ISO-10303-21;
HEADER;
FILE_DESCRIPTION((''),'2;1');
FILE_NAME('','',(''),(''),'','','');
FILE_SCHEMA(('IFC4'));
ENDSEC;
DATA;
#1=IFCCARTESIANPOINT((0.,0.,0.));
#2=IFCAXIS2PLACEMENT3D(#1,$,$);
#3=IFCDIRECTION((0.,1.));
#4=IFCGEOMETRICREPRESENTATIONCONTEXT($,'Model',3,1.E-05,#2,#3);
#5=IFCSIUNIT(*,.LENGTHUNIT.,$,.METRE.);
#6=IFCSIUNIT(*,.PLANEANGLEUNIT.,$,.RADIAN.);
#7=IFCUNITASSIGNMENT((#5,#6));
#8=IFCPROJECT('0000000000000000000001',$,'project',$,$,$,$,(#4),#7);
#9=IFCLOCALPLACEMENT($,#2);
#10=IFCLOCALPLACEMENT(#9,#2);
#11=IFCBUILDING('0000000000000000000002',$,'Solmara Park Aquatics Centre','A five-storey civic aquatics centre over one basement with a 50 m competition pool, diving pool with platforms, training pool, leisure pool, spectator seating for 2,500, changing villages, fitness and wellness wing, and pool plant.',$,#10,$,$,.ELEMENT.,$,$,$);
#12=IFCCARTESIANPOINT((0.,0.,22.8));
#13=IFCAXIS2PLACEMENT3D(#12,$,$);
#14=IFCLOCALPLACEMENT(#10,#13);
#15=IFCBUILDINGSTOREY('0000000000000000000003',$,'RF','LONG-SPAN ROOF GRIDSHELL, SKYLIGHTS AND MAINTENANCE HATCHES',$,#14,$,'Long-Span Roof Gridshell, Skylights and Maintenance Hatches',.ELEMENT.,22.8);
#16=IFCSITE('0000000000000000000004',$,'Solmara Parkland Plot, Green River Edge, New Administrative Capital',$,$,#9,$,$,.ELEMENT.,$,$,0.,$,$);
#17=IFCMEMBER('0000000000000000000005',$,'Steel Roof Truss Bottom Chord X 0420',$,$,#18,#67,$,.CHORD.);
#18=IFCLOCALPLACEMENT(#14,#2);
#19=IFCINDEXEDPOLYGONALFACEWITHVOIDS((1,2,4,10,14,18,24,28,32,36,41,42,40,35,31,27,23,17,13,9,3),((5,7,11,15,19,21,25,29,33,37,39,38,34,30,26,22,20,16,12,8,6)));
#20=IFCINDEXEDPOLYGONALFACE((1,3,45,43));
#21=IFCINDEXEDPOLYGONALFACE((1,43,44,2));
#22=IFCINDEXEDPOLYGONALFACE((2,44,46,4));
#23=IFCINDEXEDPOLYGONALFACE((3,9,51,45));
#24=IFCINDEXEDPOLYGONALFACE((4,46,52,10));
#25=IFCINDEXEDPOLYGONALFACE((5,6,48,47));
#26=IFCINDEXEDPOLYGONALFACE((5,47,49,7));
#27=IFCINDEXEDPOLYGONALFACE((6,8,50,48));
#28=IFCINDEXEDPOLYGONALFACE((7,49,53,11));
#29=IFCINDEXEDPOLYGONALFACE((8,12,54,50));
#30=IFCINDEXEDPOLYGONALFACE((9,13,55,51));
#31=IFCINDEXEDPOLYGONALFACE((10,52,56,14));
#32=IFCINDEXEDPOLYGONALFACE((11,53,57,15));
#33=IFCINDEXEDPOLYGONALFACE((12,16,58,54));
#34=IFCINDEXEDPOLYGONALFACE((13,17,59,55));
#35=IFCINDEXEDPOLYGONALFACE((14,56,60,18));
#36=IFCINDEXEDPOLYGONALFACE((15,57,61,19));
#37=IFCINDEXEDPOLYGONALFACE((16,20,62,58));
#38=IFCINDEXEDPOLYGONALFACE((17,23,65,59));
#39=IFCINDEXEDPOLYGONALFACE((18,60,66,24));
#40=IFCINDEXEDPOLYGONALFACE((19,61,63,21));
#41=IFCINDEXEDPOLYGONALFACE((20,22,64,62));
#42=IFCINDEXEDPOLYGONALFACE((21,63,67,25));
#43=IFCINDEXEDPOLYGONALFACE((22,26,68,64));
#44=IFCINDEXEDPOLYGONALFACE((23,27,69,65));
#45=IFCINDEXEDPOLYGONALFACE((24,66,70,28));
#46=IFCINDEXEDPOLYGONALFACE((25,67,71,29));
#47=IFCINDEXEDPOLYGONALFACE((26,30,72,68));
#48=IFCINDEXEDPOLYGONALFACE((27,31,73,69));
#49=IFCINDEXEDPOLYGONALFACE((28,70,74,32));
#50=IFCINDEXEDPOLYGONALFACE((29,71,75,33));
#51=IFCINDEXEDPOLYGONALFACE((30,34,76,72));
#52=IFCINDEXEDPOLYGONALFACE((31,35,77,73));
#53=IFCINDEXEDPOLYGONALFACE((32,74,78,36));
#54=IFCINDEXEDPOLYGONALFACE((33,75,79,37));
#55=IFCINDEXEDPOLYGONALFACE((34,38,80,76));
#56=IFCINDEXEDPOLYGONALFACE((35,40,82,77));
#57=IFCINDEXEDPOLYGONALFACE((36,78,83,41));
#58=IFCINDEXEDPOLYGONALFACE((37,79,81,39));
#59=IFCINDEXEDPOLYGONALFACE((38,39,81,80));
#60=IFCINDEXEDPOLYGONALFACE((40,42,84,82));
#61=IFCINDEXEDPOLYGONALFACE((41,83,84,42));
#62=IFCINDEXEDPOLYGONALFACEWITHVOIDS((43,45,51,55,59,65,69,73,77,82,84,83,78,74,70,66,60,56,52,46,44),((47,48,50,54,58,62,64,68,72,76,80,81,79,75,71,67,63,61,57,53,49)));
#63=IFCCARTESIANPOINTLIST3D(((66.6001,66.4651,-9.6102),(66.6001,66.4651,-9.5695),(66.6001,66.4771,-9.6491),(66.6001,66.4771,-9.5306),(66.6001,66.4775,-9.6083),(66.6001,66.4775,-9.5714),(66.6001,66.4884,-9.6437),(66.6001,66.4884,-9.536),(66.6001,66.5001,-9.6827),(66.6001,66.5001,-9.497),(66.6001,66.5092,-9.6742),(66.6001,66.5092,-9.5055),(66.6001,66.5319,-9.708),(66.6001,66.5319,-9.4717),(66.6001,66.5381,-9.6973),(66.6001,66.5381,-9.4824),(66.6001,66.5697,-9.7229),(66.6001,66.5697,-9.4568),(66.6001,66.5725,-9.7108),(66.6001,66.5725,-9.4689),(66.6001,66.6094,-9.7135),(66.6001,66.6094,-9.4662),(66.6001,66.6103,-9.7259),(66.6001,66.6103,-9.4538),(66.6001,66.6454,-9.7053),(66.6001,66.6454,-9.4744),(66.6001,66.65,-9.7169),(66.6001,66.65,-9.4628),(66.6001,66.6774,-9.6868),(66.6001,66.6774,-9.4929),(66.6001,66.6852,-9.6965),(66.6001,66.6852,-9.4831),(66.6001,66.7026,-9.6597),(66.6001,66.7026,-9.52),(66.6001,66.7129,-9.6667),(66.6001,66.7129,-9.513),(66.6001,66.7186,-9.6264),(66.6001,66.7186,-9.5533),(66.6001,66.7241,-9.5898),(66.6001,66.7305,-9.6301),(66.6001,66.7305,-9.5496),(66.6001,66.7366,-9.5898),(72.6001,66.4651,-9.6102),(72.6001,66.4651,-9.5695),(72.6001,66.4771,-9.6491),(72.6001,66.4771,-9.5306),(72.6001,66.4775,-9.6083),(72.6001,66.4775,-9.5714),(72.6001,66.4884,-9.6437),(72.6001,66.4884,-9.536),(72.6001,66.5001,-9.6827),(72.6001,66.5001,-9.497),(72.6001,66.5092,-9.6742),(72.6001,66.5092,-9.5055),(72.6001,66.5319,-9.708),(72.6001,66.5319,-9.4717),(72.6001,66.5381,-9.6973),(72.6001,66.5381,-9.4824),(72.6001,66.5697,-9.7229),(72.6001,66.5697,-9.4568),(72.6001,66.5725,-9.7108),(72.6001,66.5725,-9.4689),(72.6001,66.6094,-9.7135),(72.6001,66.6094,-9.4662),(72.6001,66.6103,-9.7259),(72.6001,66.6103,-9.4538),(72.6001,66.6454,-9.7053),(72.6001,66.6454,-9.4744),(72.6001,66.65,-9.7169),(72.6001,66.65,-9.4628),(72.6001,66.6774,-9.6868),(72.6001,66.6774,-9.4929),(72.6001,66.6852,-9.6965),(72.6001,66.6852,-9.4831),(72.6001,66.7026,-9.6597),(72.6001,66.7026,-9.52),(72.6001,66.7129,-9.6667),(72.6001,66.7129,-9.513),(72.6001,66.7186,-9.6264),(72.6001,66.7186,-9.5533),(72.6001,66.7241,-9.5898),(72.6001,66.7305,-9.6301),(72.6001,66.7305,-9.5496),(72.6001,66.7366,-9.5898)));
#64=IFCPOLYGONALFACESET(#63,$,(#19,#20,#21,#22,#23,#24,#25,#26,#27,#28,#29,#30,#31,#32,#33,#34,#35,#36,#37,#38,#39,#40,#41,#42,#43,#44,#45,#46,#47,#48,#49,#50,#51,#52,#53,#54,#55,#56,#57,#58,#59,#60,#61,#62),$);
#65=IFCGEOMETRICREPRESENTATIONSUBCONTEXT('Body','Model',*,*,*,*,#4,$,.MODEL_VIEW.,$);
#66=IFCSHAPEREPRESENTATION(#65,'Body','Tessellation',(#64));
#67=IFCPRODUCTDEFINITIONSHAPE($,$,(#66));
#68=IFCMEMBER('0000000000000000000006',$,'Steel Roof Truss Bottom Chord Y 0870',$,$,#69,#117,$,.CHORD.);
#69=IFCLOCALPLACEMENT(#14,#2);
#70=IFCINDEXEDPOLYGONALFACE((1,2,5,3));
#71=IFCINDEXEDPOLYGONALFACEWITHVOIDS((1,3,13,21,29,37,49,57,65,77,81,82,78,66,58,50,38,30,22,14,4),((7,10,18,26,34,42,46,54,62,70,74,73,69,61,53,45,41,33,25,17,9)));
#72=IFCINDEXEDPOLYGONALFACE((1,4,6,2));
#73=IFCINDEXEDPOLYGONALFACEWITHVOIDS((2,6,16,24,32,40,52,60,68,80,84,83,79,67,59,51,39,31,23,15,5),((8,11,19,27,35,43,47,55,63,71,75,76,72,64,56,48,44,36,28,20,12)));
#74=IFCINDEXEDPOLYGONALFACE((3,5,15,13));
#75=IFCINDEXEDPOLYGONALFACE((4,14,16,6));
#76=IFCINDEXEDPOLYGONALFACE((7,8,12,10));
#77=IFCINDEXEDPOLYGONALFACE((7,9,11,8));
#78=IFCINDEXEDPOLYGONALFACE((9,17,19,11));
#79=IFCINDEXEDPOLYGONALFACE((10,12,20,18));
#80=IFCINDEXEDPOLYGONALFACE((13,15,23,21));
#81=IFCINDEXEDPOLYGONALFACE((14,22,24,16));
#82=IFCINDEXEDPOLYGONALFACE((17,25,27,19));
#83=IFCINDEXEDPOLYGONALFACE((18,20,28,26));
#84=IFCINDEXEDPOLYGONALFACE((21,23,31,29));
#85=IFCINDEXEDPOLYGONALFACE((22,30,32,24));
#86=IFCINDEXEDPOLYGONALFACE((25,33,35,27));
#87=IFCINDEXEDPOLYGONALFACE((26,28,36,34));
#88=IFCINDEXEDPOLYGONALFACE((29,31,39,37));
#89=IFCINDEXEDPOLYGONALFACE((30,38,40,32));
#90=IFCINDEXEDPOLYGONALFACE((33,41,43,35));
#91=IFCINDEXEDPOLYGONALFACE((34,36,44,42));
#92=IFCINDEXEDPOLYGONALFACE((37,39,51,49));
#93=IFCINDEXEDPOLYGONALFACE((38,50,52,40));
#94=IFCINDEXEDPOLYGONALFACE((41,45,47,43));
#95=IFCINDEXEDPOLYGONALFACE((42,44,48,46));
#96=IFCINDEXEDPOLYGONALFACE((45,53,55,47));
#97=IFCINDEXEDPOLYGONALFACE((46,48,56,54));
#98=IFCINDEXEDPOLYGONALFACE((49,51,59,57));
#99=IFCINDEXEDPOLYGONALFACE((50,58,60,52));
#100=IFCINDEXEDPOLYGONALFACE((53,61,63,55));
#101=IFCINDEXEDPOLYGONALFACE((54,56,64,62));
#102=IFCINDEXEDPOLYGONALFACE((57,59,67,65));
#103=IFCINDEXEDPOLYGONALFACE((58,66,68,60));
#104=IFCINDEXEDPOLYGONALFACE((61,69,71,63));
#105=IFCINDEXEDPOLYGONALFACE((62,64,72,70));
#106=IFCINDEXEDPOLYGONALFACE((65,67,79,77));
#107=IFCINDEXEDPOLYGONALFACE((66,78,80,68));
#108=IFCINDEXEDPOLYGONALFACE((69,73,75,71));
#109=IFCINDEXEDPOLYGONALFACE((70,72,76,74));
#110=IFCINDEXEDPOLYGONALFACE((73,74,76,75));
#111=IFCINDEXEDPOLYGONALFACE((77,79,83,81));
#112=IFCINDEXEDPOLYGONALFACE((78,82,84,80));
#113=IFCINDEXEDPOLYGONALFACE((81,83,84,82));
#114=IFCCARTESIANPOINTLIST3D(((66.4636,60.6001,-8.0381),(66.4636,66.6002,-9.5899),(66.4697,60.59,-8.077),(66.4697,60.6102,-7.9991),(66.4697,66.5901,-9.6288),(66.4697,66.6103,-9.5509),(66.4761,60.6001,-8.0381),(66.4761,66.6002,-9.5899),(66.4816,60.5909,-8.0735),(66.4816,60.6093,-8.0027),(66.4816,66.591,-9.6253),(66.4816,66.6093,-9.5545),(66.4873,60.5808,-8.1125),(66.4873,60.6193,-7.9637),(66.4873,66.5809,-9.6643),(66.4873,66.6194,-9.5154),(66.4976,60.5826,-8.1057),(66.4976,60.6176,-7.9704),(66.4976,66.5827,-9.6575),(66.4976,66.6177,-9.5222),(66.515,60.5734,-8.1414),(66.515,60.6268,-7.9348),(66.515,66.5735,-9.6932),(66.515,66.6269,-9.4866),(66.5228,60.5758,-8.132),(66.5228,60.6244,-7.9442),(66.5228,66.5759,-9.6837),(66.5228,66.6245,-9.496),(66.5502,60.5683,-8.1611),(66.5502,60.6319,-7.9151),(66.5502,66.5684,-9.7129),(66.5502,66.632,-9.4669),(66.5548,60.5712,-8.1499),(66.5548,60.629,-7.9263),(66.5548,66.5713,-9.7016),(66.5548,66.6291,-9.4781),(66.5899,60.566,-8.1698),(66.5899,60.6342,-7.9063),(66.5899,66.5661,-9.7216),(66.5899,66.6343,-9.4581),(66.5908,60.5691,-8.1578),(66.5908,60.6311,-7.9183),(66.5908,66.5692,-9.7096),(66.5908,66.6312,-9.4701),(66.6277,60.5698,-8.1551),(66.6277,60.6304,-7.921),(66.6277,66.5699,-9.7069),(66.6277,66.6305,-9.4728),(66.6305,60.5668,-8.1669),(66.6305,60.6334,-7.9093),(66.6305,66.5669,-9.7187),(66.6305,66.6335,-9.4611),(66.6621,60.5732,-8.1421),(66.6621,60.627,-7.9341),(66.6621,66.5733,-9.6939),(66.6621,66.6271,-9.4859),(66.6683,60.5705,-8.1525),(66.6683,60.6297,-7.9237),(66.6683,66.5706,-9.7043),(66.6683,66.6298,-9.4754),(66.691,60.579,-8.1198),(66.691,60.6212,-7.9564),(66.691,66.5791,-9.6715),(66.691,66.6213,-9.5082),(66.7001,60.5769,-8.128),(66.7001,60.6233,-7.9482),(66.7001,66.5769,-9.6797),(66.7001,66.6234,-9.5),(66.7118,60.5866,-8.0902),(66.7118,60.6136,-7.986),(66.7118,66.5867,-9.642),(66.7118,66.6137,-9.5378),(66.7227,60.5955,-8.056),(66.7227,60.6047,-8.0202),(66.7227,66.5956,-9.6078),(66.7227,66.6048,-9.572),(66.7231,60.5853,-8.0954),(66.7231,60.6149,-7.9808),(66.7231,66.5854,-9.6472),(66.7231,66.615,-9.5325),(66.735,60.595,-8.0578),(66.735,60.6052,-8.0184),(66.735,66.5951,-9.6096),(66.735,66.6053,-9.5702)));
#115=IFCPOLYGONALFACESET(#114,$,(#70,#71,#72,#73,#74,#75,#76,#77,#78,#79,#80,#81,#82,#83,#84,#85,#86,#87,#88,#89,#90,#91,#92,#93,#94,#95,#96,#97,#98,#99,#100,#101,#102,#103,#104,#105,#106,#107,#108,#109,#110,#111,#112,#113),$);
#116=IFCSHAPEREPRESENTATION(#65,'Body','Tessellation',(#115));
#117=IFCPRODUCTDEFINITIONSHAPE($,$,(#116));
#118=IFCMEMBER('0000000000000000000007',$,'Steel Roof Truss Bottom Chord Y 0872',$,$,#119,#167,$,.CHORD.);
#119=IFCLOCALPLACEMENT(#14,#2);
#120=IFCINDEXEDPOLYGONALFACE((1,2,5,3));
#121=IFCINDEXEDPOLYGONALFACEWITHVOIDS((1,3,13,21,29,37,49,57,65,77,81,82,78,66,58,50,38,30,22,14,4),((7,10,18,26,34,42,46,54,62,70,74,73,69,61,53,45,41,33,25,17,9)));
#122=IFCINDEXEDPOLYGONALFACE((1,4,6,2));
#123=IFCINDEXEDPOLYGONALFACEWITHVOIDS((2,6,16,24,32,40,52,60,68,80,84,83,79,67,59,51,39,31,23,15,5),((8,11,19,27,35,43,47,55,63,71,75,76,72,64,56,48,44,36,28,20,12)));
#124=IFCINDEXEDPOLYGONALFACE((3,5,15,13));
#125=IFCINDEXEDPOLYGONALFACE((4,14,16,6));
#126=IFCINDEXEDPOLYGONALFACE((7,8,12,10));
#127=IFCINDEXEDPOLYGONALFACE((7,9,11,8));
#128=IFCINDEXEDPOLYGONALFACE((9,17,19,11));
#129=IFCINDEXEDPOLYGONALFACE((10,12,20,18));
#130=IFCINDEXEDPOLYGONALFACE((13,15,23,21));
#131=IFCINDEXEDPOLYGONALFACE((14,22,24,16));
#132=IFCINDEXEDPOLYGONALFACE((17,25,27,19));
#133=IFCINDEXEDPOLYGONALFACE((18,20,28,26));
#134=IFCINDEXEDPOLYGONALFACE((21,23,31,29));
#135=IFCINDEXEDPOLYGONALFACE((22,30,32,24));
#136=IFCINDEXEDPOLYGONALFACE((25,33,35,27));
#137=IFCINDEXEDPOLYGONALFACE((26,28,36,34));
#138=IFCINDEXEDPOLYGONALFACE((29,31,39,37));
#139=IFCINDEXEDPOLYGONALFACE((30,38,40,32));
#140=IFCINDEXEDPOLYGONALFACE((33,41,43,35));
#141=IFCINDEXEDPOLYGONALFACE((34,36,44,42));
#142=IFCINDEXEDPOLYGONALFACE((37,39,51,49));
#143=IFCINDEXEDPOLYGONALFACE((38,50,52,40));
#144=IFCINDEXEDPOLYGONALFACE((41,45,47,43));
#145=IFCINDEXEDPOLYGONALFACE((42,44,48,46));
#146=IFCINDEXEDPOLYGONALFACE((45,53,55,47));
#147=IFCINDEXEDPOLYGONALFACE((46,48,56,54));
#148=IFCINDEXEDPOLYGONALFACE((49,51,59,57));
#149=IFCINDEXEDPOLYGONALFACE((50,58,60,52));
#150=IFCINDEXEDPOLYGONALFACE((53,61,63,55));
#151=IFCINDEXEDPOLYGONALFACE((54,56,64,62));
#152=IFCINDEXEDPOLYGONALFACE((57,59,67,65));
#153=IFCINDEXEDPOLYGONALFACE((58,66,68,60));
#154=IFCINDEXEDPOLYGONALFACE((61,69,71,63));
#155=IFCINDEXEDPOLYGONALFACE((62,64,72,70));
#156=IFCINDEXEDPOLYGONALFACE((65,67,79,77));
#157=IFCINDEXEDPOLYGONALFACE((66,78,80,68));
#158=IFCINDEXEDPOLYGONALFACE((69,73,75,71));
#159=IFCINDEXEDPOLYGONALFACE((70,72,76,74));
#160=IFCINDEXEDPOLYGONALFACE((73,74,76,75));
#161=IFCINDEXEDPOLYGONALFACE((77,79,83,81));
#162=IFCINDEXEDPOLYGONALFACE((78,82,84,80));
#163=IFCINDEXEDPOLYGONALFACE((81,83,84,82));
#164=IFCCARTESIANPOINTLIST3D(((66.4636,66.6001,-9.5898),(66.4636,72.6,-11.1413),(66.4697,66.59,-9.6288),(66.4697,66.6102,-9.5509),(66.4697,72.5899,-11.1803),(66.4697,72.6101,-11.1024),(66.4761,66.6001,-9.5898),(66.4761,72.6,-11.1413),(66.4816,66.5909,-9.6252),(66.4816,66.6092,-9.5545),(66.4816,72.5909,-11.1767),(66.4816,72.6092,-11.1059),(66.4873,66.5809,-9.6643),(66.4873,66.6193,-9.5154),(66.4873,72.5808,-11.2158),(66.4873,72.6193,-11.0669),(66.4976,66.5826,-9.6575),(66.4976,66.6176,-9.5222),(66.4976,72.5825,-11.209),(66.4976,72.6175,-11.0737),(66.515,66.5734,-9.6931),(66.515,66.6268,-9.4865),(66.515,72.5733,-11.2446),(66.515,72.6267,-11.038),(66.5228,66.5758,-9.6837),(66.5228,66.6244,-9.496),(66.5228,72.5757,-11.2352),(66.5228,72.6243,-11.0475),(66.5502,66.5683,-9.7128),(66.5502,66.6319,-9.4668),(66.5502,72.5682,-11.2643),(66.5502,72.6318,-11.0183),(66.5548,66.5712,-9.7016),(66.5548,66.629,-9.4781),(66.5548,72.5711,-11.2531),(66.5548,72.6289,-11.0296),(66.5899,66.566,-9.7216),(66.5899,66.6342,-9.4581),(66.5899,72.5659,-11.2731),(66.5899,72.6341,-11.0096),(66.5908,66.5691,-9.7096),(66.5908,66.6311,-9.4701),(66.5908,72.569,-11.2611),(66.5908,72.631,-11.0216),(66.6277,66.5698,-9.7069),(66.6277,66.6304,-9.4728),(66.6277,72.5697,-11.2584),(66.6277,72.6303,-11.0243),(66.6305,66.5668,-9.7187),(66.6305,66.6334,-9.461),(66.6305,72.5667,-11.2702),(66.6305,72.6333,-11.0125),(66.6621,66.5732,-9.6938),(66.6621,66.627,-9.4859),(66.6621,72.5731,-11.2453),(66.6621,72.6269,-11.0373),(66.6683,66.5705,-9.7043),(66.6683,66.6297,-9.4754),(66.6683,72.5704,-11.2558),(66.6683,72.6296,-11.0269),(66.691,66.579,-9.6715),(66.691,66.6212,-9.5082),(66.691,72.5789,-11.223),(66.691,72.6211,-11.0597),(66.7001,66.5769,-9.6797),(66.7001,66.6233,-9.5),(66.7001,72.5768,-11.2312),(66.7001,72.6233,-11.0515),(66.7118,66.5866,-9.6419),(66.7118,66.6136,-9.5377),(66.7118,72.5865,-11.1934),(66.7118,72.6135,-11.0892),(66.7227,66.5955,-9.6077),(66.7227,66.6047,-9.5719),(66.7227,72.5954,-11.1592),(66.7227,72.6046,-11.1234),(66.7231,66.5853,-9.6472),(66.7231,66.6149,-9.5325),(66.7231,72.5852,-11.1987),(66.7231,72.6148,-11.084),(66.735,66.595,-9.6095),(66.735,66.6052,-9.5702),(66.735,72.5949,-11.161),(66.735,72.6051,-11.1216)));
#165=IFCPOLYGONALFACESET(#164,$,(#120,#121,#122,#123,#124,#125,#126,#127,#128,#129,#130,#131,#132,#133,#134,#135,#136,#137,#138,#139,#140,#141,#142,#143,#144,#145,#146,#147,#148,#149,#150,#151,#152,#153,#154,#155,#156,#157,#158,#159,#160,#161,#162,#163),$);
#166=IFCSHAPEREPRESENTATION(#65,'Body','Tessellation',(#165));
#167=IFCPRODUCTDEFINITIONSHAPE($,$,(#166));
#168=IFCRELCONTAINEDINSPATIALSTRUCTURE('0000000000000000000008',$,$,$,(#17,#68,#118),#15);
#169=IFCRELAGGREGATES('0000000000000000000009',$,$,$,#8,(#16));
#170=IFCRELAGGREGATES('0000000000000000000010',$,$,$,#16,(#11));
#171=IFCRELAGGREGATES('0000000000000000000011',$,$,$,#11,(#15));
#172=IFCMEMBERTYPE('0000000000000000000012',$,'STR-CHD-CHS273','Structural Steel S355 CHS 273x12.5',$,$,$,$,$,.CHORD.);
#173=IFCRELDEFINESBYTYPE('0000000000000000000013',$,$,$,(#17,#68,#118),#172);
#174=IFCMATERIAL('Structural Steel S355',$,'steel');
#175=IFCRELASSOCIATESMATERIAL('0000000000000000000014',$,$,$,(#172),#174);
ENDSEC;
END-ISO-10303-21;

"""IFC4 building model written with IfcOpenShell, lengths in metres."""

from ifc_helpers import new_model, si_unit, direction, frame, origin, origin_2d, place, context, subcontext, project, spatial, hollow_circle, extrude, material, material_profile, profile_set, type_object, element, save


model = new_model("IFC4")

# Units and contexts
model_context = context("Model", 3, precision=1e-05, world=origin(), true_north=direction((0.0, 1.0)))
body_context = subcontext(model_context, "Body", "Model", "MODEL_VIEW")
ifc_project = project(units=[si_unit("LENGTHUNIT", "METRE"), si_unit("PLANEANGLEUNIT", "RADIAN")], contexts=[model_context])

# Site, building, storey
site_placement = place(None, origin())
site = spatial("IfcSite", under=ifc_project, at=site_placement, Name="Solmara Parkland Plot, Green River Edge, New Administrative Capital", CompositionType="ELEMENT", RefElevation=0.0)
building_placement = place(site_placement, origin())
building = spatial("IfcBuilding", under=site, at=building_placement, Name="Solmara Park Aquatics Centre", Description="A five-storey civic aquatics centre over one basement with a 50 m competition pool, diving pool with platforms, training pool, leisure pool, spectator seating for 2,500, changing villages, fitness and wellness wing, and pool plant.", CompositionType="ELEMENT")
storey_placement = place(building_placement, frame((0.0, 0.0, 22.8)))
storey = spatial("IfcBuildingStorey", under=building, at=storey_placement, Name="RF", Description="LONG-SPAN ROOF GRIDSHELL, SKYLIGHTS AND MAINTENANCE HATCHES", LongName="Long-Span Roof Gridshell, Skylights and Maintenance Hatches", CompositionType="ELEMENT", Elevation=22.8)

# Members
ifc_material_1 = material(Name="Structural Steel S355", Category="steel")
ifc_material_profile_1 = material_profile(ifc_material_1, hollow_circle(Radius=0.1365, WallThickness=0.0125, at=origin_2d()), Name="CHS 273x12.5")
ifc_profile_set_1 = profile_set([ifc_material_profile_1], Name="Structural Steel S355")
member_type_1 = type_object("IfcMemberType", Name="STR-CHD-CHS273", Description="Structural Steel S355 CHS 273x12.5", PredefinedType="CHORD", material=ifc_profile_set_1)
member_1_placement = place(storey_placement, frame((66.6001, 66.6001, -9.5898), z_axis=(1.0, 0.0, 0.0), x_axis=(0.0, 1.0, 0.0)))
element("IfcMember", 1, at=member_1_placement, inside=storey, type_object=member_type_1, Name="Steel Roof Truss Bottom Chord X 0420", PredefinedType="CHORD", context=body_context, shape_type="SweptSolid", body=[
    extrude(hollow_circle(Radius=0.1365, WallThickness=0.0125, at=origin_2d()), origin(), (0.0, 0.0, 1.0), 6.0),
])
member_2_placement = place(storey_placement, frame((66.6001, 60.6001, -8.0381), z_axis=(0.0, 0.968146, -0.250388), x_axis=(-1.0, 0.0, 0.0)))
element("IfcMember", 2, at=member_2_placement, inside=storey, type_object=member_type_1, Name="Steel Roof Truss Bottom Chord Y 0870", PredefinedType="CHORD", context=body_context, shape_type="SweptSolid", body=[
    extrude(hollow_circle(Radius=0.1365, WallThickness=0.0125, at=origin_2d()), origin(), (0.0, 0.0, 1.0), 6.1975),
])
member_3_placement = place(storey_placement, frame((66.6001, 66.6001, -9.5898), z_axis=(0.0, 0.968155, -0.250351), x_axis=(-1.0, 0.0, 0.0)))
element("IfcMember", 3, at=member_3_placement, inside=storey, type_object=member_type_1, Name="Steel Roof Truss Bottom Chord Y 0872", PredefinedType="CHORD", context=body_context, shape_type="SweptSolid", body=[
    extrude(hollow_circle(Radius=0.1365, WallThickness=0.0125, at=origin_2d()), origin(), (0.0, 0.0, 1.0), 6.1973),
])

save(model, "model.ifc")
